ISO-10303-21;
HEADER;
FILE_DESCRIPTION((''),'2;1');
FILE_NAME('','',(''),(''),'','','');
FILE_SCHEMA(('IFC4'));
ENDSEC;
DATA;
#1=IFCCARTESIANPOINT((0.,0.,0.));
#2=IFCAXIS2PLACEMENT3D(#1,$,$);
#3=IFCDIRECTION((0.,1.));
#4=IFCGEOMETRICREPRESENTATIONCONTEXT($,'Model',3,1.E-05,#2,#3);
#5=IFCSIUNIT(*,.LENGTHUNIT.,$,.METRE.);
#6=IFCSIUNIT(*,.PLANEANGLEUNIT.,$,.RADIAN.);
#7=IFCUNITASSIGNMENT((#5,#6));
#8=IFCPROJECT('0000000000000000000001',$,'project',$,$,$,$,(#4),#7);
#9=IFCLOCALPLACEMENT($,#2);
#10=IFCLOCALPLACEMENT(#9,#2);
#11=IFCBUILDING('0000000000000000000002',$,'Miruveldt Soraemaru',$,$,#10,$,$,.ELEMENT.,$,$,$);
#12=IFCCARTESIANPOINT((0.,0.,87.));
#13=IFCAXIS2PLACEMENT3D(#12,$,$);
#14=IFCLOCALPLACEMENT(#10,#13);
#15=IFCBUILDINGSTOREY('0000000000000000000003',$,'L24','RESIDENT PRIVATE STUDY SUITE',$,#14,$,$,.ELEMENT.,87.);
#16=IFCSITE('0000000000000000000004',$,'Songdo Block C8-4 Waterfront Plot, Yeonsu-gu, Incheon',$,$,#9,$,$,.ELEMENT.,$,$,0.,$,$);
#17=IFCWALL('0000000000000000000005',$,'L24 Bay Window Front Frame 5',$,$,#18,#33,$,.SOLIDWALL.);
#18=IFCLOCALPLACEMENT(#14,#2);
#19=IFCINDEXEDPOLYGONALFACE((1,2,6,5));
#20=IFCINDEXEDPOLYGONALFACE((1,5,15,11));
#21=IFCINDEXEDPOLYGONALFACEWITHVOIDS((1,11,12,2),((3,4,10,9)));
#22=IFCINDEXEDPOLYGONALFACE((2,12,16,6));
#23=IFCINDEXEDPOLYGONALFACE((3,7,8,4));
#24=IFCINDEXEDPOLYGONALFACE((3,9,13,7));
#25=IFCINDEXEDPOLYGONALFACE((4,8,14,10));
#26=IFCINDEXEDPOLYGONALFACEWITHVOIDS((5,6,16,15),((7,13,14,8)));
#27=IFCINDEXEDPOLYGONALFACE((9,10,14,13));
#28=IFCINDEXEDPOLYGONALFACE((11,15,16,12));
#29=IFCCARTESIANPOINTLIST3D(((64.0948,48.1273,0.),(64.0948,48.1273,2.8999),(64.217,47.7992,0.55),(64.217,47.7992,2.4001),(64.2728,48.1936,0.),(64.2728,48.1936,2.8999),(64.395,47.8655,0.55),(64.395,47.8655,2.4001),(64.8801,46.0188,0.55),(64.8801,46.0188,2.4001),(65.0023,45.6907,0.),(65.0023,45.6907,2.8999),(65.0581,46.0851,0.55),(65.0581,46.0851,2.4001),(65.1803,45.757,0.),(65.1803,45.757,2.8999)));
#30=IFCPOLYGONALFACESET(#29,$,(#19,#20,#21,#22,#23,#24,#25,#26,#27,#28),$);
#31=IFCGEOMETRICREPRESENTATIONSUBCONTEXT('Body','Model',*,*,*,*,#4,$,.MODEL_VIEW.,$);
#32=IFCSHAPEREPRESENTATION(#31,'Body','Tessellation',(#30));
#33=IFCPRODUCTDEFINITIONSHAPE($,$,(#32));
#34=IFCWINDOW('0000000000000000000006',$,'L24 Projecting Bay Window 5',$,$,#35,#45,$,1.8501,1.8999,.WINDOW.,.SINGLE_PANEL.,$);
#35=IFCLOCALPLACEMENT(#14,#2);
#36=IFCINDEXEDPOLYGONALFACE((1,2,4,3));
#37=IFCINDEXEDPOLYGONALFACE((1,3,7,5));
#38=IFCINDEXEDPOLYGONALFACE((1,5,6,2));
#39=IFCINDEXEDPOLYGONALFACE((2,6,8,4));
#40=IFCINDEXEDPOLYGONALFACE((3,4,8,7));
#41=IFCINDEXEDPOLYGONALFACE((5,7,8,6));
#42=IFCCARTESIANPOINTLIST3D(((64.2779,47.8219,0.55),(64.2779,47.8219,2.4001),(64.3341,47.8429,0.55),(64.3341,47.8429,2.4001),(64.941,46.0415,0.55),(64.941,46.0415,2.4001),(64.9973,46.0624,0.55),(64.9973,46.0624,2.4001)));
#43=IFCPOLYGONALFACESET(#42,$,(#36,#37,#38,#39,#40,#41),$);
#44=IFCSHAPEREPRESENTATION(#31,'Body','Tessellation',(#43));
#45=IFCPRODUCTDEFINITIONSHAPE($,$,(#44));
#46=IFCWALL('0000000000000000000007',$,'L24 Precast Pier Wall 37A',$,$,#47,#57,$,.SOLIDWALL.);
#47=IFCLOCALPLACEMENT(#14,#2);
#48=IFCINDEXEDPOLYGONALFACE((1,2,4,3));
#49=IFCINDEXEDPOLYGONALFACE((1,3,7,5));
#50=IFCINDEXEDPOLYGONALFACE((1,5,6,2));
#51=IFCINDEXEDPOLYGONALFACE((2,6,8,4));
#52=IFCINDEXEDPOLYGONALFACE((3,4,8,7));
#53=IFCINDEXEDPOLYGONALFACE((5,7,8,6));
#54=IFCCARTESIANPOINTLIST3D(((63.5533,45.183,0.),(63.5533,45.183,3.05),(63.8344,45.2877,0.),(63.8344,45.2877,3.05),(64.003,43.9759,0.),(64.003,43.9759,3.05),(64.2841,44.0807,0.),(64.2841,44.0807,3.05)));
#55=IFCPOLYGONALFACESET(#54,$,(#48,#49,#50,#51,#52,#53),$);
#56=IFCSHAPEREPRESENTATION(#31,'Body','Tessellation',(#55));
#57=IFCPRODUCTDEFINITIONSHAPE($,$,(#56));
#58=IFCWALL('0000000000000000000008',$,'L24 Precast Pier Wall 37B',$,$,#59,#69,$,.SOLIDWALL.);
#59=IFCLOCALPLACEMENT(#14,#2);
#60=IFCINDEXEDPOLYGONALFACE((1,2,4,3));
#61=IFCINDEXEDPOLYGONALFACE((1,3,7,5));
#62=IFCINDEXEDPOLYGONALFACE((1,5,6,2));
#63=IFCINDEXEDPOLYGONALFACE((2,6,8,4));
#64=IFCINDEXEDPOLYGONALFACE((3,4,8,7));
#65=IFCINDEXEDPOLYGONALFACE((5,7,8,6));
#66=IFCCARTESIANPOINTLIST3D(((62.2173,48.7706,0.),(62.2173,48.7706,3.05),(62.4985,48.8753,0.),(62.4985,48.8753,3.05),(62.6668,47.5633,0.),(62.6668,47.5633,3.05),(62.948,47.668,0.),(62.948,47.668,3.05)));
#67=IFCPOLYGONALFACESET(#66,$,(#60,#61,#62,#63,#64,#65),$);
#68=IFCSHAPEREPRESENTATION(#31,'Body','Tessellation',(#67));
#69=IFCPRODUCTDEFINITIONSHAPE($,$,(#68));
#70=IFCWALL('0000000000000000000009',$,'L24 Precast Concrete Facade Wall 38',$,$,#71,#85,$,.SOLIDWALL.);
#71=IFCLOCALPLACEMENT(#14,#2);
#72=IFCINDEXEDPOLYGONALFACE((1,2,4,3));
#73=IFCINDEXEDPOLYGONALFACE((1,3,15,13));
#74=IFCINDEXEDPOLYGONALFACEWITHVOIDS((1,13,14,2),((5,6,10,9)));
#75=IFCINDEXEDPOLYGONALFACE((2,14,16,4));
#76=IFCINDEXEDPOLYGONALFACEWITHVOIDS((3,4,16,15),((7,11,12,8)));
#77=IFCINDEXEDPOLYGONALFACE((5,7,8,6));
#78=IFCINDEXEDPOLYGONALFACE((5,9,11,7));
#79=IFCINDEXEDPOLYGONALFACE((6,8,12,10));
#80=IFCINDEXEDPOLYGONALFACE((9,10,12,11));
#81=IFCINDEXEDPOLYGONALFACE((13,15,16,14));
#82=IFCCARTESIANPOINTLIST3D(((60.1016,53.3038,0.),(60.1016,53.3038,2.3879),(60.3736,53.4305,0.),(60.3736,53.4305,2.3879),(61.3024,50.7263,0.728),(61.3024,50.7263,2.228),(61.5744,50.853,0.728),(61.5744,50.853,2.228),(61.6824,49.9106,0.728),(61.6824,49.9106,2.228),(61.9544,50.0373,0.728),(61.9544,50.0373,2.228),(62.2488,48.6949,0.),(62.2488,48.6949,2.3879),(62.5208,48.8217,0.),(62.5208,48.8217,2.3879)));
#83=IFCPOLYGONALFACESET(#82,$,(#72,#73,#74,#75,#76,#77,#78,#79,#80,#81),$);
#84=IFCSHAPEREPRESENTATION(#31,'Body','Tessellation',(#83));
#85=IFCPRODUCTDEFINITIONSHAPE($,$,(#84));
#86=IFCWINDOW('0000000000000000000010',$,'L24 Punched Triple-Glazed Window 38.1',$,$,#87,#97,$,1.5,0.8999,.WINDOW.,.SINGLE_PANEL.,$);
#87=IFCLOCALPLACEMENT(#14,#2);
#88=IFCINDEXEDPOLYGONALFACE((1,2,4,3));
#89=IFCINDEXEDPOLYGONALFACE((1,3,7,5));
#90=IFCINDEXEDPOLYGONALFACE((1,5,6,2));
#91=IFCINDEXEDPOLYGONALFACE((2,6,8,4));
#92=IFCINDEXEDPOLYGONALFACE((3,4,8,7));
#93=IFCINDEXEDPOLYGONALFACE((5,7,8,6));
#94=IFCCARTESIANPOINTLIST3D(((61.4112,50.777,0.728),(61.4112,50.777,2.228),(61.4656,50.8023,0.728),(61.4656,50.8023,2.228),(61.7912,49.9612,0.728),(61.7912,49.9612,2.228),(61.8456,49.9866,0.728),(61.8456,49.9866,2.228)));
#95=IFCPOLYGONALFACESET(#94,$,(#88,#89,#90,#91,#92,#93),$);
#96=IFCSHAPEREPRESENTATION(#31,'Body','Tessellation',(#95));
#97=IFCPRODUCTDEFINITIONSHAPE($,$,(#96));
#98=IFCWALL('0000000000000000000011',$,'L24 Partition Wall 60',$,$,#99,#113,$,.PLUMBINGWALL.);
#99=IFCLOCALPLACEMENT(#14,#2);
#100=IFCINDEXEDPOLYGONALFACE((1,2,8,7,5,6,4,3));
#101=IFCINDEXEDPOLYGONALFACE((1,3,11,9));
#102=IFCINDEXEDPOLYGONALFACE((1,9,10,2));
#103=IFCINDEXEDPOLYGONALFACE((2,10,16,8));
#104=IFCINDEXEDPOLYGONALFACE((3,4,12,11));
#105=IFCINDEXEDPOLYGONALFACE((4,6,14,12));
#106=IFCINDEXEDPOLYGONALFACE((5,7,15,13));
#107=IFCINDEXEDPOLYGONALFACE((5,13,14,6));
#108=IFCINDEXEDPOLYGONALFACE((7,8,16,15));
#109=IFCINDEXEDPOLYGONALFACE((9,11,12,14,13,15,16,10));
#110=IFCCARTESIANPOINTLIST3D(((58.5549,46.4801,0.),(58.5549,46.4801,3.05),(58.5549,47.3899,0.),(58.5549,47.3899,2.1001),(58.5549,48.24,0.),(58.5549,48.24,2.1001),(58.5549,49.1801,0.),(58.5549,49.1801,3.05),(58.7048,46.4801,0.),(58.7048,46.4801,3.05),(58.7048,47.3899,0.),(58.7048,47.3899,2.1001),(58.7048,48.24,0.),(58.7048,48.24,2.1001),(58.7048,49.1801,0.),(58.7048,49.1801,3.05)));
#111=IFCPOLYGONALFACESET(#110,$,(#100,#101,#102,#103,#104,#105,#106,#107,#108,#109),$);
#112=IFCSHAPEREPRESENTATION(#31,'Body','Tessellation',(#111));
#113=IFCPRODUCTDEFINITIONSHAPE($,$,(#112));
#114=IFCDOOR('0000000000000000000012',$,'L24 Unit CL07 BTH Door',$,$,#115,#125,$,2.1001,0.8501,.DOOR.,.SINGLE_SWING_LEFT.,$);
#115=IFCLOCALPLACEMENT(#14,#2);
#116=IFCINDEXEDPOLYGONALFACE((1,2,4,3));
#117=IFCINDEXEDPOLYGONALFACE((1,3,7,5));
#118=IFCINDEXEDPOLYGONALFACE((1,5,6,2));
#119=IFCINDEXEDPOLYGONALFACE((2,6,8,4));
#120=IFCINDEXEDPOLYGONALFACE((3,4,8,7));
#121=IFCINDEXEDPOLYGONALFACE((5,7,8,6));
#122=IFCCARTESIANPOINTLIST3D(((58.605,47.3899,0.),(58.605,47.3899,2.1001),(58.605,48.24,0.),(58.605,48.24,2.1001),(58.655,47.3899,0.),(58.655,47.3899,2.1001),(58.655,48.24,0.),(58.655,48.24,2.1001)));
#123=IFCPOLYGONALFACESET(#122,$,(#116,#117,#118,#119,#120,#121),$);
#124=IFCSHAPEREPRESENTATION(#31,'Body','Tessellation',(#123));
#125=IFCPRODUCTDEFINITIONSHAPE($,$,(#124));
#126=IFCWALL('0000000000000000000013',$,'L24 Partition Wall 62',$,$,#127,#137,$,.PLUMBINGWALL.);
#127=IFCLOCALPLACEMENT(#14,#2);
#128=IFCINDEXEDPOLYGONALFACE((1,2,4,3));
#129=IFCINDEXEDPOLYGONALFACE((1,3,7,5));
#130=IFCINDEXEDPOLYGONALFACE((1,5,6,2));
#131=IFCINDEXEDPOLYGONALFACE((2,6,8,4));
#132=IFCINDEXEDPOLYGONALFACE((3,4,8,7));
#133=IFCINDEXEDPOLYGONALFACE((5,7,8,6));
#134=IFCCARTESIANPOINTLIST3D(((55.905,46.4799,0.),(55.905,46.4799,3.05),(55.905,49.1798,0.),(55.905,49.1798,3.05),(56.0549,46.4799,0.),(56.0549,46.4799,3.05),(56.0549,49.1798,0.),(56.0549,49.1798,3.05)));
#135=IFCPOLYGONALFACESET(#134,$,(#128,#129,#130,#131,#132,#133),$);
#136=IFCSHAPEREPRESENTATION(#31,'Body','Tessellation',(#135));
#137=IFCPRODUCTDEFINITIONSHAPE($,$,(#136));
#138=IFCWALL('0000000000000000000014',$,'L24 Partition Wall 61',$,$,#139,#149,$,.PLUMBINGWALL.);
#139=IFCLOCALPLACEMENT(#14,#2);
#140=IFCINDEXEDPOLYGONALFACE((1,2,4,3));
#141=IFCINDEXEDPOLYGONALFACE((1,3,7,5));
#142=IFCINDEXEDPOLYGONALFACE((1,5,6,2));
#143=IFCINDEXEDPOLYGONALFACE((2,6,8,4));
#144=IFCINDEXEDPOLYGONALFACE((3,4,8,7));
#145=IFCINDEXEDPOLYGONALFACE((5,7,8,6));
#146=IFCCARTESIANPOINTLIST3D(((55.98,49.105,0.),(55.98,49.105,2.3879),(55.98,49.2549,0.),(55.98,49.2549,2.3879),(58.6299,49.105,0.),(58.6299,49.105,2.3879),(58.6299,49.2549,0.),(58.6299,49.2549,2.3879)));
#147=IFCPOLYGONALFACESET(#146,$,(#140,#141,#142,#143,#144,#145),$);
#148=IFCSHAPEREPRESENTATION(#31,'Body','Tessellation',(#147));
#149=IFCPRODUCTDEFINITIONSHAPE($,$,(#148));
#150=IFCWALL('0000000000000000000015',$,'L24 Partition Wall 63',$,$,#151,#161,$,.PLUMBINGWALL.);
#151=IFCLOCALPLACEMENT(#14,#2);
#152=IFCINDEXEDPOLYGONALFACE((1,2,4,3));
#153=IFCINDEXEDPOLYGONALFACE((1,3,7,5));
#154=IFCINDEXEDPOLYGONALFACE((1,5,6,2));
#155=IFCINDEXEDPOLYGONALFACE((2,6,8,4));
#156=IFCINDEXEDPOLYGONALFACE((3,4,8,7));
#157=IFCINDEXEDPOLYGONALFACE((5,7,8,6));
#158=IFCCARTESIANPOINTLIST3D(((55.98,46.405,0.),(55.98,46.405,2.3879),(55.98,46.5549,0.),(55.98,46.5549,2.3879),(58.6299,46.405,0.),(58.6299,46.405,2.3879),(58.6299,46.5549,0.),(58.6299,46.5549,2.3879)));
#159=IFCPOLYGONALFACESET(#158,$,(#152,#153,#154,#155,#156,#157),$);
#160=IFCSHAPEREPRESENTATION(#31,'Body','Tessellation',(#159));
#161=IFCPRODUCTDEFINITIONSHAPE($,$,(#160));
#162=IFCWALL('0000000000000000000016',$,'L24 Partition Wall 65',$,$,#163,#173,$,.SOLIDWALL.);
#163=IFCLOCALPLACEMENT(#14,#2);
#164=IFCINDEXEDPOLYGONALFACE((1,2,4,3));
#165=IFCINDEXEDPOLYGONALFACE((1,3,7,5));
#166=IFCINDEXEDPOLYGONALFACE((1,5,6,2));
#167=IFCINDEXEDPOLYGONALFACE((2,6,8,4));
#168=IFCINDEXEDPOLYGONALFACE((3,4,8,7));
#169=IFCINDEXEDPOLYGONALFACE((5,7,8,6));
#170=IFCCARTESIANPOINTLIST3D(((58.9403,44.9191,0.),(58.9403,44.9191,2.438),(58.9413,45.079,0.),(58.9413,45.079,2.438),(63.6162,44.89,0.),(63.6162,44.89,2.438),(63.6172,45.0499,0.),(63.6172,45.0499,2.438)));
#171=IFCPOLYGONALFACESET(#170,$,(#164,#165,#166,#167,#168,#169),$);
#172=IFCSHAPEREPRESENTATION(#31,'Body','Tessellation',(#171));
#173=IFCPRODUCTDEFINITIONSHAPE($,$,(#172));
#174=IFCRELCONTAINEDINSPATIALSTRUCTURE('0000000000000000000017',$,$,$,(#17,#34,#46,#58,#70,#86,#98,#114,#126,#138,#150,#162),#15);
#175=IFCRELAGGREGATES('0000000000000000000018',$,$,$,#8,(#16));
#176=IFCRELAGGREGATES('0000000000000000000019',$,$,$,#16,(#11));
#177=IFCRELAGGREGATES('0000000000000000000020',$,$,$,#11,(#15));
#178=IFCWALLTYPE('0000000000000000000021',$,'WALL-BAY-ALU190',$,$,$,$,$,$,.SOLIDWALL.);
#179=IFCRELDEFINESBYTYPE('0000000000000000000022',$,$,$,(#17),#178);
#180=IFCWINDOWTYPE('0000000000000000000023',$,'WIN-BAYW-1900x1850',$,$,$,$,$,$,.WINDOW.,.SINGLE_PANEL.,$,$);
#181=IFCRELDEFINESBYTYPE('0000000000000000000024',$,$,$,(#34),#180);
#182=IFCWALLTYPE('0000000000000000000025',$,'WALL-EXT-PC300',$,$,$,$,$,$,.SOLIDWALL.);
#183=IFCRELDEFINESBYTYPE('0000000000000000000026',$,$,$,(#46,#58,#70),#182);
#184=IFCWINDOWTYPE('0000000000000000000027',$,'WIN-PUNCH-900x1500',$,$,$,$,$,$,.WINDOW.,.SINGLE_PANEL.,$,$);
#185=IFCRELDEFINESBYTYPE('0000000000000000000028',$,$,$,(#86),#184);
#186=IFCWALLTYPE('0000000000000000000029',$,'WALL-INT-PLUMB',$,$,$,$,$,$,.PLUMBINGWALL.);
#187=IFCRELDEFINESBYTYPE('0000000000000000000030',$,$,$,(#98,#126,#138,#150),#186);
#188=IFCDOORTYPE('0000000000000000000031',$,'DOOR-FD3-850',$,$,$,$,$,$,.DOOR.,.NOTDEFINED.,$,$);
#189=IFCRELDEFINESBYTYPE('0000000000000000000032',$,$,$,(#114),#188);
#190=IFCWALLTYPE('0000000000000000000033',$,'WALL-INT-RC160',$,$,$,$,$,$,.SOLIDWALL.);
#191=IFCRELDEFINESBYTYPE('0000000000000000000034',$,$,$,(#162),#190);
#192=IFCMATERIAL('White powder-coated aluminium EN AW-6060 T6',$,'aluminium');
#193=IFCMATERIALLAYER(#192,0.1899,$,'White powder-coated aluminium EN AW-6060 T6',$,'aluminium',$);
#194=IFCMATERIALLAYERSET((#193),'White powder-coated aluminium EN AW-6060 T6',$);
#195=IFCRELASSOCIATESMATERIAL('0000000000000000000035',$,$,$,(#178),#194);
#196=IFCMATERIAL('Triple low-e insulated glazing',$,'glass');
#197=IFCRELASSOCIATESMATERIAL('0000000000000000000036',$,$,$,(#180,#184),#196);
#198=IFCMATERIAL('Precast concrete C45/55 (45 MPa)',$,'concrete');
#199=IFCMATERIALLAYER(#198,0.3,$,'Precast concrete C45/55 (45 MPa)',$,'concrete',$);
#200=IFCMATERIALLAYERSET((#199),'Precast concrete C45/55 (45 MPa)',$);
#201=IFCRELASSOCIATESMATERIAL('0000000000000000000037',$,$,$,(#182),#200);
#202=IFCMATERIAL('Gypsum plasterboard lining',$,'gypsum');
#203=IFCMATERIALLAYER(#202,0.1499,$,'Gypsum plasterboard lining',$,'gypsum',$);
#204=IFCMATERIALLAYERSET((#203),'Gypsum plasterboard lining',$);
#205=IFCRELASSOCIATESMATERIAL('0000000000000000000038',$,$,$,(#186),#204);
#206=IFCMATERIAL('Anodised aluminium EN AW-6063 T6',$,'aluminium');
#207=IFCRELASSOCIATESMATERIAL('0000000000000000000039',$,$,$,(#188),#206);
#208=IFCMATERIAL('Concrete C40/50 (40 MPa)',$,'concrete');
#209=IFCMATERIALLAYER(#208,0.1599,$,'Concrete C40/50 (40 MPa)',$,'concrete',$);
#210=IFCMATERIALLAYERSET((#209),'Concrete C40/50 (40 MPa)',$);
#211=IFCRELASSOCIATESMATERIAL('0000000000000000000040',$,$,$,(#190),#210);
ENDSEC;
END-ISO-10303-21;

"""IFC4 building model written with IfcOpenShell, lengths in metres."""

from ifc_helpers import new_model, si_unit, direction, frame, frame_2d, origin, place, context, subcontext, project, spatial, rectangle, extrude, material, layer, layer_set, type_object, element, fill, save


model = new_model("IFC4")

# Units and contexts
model_context = context("Model", 3, precision=1e-05, world=origin(), true_north=direction((0.0, 1.0)))
body_context = subcontext(model_context, "Body", "Model", "MODEL_VIEW")
ifc_project = project(units=[si_unit("LENGTHUNIT", "METRE"), si_unit("PLANEANGLEUNIT", "RADIAN")], contexts=[model_context])

# Site, building, storey
site_placement = place(None, origin())
site = spatial("IfcSite", under=ifc_project, at=site_placement, Name="Songdo Block C8-4 Waterfront Plot, Yeonsu-gu, Incheon", CompositionType="ELEMENT", RefElevation=0.0)
building_placement = place(site_placement, origin())
building = spatial("IfcBuilding", under=site, at=building_placement, Name="Miruveldt Soraemaru", CompositionType="ELEMENT")
storey_placement = place(building_placement, frame((0.0, 0.0, 87.0)))
storey = spatial("IfcBuildingStorey", under=building, at=storey_placement, Name="L24", Description="RESIDENT PRIVATE STUDY SUITE", CompositionType="ELEMENT", Elevation=87.0)

# Shared definitions
ifc_material_1 = material(Name="White powder-coated aluminium EN AW-6060 T6", Category="aluminium")
ifc_layer_1 = layer(ifc_material_1, 0.1899, Name="White powder-coated aluminium EN AW-6060 T6", Category="aluminium")
ifc_layer_set_1 = layer_set([ifc_layer_1], Name="White powder-coated aluminium EN AW-6060 T6")
wall_type_1 = type_object("IfcWallType", Name="WALL-BAY-ALU190", PredefinedType="SOLIDWALL", material=ifc_layer_set_1)

# Wall, opening, window
wall_1_placement = place(storey_placement, frame((65.0913, 45.7239, 0.0), z_axis=(0.0, 0.0, 1.0), x_axis=(-0.349023, 0.937114, 0.0)))
wall_1 = element("IfcWall", 1, at=wall_1_placement, inside=storey, type_object=wall_type_1, Name="L24 Bay Window Front Frame 5", PredefinedType="SOLIDWALL", context=body_context, shape_type="SweptSolid", body=[
    extrude(rectangle(XDim=2.6001, YDim=0.1899, at=frame_2d((1.3, 0.0))), origin(), (0.0, 0.0, 1.0), 2.8999),
])
opening_1_placement = place(wall_1_placement, frame((0.3501, 0.0, 0.55)))
opening_1 = element("IfcOpeningElement", 2, at=opening_1_placement, cuts=wall_1, PredefinedType="OPENING", context=body_context, shape_type="SweptSolid", body=[
    extrude(rectangle(XDim=1.8999, YDim=1.8501, at=frame_2d((0.95, 0.925))), frame((0.0, 0.105, 0.0), z_axis=(0.0, -1.0, 0.0), x_axis=(1.0, 0.0, 0.0)), (0.0, 0.0, 1.0), 0.21),
])
ifc_material_2 = material(Name="Triple low-e insulated glazing", Category="glass")
window_type_1 = type_object("IfcWindowType", Name="WIN-BAYW-1900x1850", PartitioningType="SINGLE_PANEL", PredefinedType="WINDOW", material=ifc_material_2)
window_1_placement = place(opening_1_placement, origin())
window_1 = element("IfcWindow", 3, at=window_1_placement, inside=storey, type_object=window_type_1, Name="L24 Projecting Bay Window 5", OverallHeight=1.8501, OverallWidth=1.8999, PartitioningType="SINGLE_PANEL", PredefinedType="WINDOW", context=body_context, shape_type="SweptSolid", body=[
    extrude(rectangle(XDim=1.8999, YDim=1.8501, at=frame_2d((0.95, 0.925))), frame((0.0, 0.03, 0.0), z_axis=(0.0, -1.0, 0.0), x_axis=(1.0, 0.0, 0.0)), (0.0, 0.0, 1.0), 0.0601),
])
fill(opening_1, window_1)

# Walls
ifc_material_3 = material(Name="Precast concrete C45/55 (45 MPa)", Category="concrete")
ifc_layer_2 = layer(ifc_material_3, 0.3, Name="Precast concrete C45/55 (45 MPa)", Category="concrete")
ifc_layer_set_2 = layer_set([ifc_layer_2], Name="Precast concrete C45/55 (45 MPa)")
wall_type_2 = type_object("IfcWallType", Name="WALL-EXT-PC300", PredefinedType="SOLIDWALL", material=ifc_layer_set_2)
wall_2_placement = place(storey_placement, frame((64.1436, 44.0283, 0.0), z_axis=(0.0, 0.0, 1.0), x_axis=(-0.349129, 0.937075, 0.0)))
element("IfcWall", 4, at=wall_2_placement, inside=storey, type_object=wall_type_2, Name="L24 Precast Pier Wall 37A", PredefinedType="SOLIDWALL", context=body_context, shape_type="SweptSolid", body=[
    extrude(rectangle(XDim=1.2881, YDim=0.3, at=frame_2d((0.644, 0.0))), origin(), (0.0, 0.0, 1.0), 3.05),
])
wall_3_placement = place(storey_placement, frame((62.8074, 47.6157, 0.0), z_axis=(0.0, 0.0, 1.0), x_axis=(-0.3489, 0.93716, 0.0)))
element("IfcWall", 5, at=wall_3_placement, inside=storey, type_object=wall_type_2, Name="L24 Precast Pier Wall 37B", PredefinedType="SOLIDWALL", context=body_context, shape_type="SweptSolid", body=[
    extrude(rectangle(XDim=1.2883, YDim=0.3, at=frame_2d((0.644, 0.0))), origin(), (0.0, 0.0, 1.0), 3.05),
])

# Wall, opening, window
wall_4_placement = place(storey_placement, frame((62.3848, 48.7583, 0.0), z_axis=(0.0, 0.0, 1.0), x_axis=(-0.422304, 0.906454, 0.0)))
wall_4 = element("IfcWall", 6, at=wall_4_placement, inside=storey, type_object=wall_type_2, Name="L24 Precast Concrete Facade Wall 38", PredefinedType="SOLIDWALL", context=body_context, shape_type="SweptSolid", body=[
    extrude(rectangle(XDim=5.0845, YDim=0.3, at=frame_2d((2.5422, 0.0))), origin(), (0.0, 0.0, 1.0), 2.3879),
])
opening_2_placement = place(wall_4_placement, frame((1.3411, 0.0, 0.728)))
opening_2 = element("IfcOpeningElement", 7, at=opening_2_placement, cuts=wall_4, PredefinedType="OPENING", context=body_context, shape_type="SweptSolid", body=[
    extrude(rectangle(XDim=0.8999, YDim=1.5, at=frame_2d((0.45, 0.75))), frame((0.0, 0.1602, 0.0), z_axis=(0.0, -1.0, 0.0), x_axis=(1.0, 0.0, 0.0)), (0.0, 0.0, 1.0), 0.3201),
])
window_type_2 = type_object("IfcWindowType", Name="WIN-PUNCH-900x1500", PartitioningType="SINGLE_PANEL", PredefinedType="WINDOW", material=ifc_material_2)
window_2_placement = place(opening_2_placement, origin())
window_2 = element("IfcWindow", 8, at=window_2_placement, inside=storey, type_object=window_type_2, Name="L24 Punched Triple-Glazed Window 38.1", OverallHeight=1.5, OverallWidth=0.8999, PartitioningType="SINGLE_PANEL", PredefinedType="WINDOW", context=body_context, shape_type="SweptSolid", body=[
    extrude(rectangle(XDim=0.8999, YDim=1.5, at=frame_2d((0.45, 0.75))), frame((0.0, 0.03, 0.0), z_axis=(0.0, -1.0, 0.0), x_axis=(1.0, 0.0, 0.0)), (0.0, 0.0, 1.0), 0.0601),
])
fill(opening_2, window_2)

# Wall, opening, door
ifc_material_4 = material(Name="Gypsum plasterboard lining", Category="gypsum")
ifc_layer_3 = layer(ifc_material_4, 0.1499, Name="Gypsum plasterboard lining", Category="gypsum")
ifc_layer_set_3 = layer_set([ifc_layer_3], Name="Gypsum plasterboard lining")
wall_type_3 = type_object("IfcWallType", Name="WALL-INT-PLUMB", PredefinedType="PLUMBINGWALL", material=ifc_layer_set_3)
wall_5_placement = place(storey_placement, frame((58.6299, 46.48, 0.0), z_axis=(0.0, 0.0, 1.0), x_axis=(0.0, 1.0, 0.0)))
wall_5 = element("IfcWall", 9, at=wall_5_placement, inside=storey, type_object=wall_type_3, Name="L24 Partition Wall 60", PredefinedType="PLUMBINGWALL", context=body_context, shape_type="SweptSolid", body=[
    extrude(rectangle(XDim=2.7, YDim=0.1499, at=frame_2d((1.3501, 0.0))), origin(), (0.0, 0.0, 1.0), 3.05),
])
opening_3_placement = place(wall_5_placement, frame((0.9099, 0.0, 0.0)))
opening_3 = element("IfcOpeningElement", 10, at=opening_3_placement, cuts=wall_5, PredefinedType="OPENING", context=body_context, shape_type="SweptSolid", body=[
    extrude(rectangle(XDim=0.8501, YDim=2.1001, at=frame_2d((0.425, 1.05))), frame((0.0, 0.085, 0.0), z_axis=(0.0, -1.0, 0.0), x_axis=(1.0, 0.0, 0.0)), (0.0, 0.0, 1.0), 0.1699),
])
ifc_material_5 = material(Name="Anodised aluminium EN AW-6063 T6", Category="aluminium")
door_type = type_object("IfcDoorType", Name="DOOR-FD3-850", OperationType="NOTDEFINED", PredefinedType="DOOR", material=ifc_material_5)
door_placement = place(opening_3_placement, origin())
door = element("IfcDoor", 11, at=door_placement, inside=storey, type_object=door_type, Name="L24 Unit CL07 BTH Door", OperationType="SINGLE_SWING_LEFT", OverallHeight=2.1001, OverallWidth=0.8501, PredefinedType="DOOR", context=body_context, shape_type="SweptSolid", body=[
    extrude(rectangle(XDim=0.8501, YDim=2.1001, at=frame_2d((0.425, 1.05))), frame((0.0, 0.0249, 0.0), z_axis=(0.0, -1.0, 0.0), x_axis=(1.0, 0.0, 0.0)), (0.0, 0.0, 1.0), 0.05),
])
fill(opening_3, door)

# Walls
wall_6_placement = place(storey_placement, frame((55.98, 49.1799, 0.0), z_axis=(0.0, 0.0, 1.0), x_axis=(0.0, -1.0, 0.0)))
element("IfcWall", 12, at=wall_6_placement, inside=storey, type_object=wall_type_3, Name="L24 Partition Wall 62", PredefinedType="PLUMBINGWALL", context=body_context, shape_type="SweptSolid", body=[
    extrude(rectangle(XDim=2.7, YDim=0.1499, at=frame_2d((1.3501, 0.0))), origin(), (0.0, 0.0, 1.0), 3.05),
])
for number, where, z_axis, x_axis, name in (
    (13, (58.6299, 49.1799, 0.0), (0.0, 0.0, 1.0), (-1.0, 0.0, 0.0), "L24 Partition Wall 61"),
    (14, (55.98, 46.48, 0.0), (0.0, 0.0, 1.0), (1.0, 0.0, 0.0), "L24 Partition Wall 63"),
):
    element("IfcWall", number, at=place(storey_placement, frame(where, z_axis=z_axis, x_axis=x_axis)), inside=storey, type_object=wall_type_3, Name=name, PredefinedType="PLUMBINGWALL", context=body_context, shape_type="SweptSolid", body=[
        extrude(rectangle(XDim=2.6499, YDim=0.1499, at=frame_2d((1.325, 0.0))), origin(), (0.0, 0.0, 1.0), 2.3879),
    ])
ifc_material_6 = material(Name="Concrete C40/50 (40 MPa)", Category="concrete")
ifc_layer_4 = layer(ifc_material_6, 0.1599, Name="Concrete C40/50 (40 MPa)", Category="concrete")
ifc_layer_set_4 = layer_set([ifc_layer_4], Name="Concrete C40/50 (40 MPa)")
wall_type_4 = type_object("IfcWallType", Name="WALL-INT-RC160", PredefinedType="SOLIDWALL", material=ifc_layer_set_4)
wall_7_placement = place(storey_placement, frame((58.9409, 44.999, 0.0), z_axis=(0.0, 0.0, 1.0), x_axis=(0.999981, -0.006213, 0.0)))
element("IfcWall", 15, at=wall_7_placement, inside=storey, type_object=wall_type_4, Name="L24 Partition Wall 65", PredefinedType="SOLIDWALL", context=body_context, shape_type="SweptSolid", body=[
    extrude(rectangle(XDim=4.676, YDim=0.1599, at=frame_2d((2.3379, 0.0))), origin(), (0.0, 0.0, 1.0), 2.438),
])

save(model, "model.ifc")
